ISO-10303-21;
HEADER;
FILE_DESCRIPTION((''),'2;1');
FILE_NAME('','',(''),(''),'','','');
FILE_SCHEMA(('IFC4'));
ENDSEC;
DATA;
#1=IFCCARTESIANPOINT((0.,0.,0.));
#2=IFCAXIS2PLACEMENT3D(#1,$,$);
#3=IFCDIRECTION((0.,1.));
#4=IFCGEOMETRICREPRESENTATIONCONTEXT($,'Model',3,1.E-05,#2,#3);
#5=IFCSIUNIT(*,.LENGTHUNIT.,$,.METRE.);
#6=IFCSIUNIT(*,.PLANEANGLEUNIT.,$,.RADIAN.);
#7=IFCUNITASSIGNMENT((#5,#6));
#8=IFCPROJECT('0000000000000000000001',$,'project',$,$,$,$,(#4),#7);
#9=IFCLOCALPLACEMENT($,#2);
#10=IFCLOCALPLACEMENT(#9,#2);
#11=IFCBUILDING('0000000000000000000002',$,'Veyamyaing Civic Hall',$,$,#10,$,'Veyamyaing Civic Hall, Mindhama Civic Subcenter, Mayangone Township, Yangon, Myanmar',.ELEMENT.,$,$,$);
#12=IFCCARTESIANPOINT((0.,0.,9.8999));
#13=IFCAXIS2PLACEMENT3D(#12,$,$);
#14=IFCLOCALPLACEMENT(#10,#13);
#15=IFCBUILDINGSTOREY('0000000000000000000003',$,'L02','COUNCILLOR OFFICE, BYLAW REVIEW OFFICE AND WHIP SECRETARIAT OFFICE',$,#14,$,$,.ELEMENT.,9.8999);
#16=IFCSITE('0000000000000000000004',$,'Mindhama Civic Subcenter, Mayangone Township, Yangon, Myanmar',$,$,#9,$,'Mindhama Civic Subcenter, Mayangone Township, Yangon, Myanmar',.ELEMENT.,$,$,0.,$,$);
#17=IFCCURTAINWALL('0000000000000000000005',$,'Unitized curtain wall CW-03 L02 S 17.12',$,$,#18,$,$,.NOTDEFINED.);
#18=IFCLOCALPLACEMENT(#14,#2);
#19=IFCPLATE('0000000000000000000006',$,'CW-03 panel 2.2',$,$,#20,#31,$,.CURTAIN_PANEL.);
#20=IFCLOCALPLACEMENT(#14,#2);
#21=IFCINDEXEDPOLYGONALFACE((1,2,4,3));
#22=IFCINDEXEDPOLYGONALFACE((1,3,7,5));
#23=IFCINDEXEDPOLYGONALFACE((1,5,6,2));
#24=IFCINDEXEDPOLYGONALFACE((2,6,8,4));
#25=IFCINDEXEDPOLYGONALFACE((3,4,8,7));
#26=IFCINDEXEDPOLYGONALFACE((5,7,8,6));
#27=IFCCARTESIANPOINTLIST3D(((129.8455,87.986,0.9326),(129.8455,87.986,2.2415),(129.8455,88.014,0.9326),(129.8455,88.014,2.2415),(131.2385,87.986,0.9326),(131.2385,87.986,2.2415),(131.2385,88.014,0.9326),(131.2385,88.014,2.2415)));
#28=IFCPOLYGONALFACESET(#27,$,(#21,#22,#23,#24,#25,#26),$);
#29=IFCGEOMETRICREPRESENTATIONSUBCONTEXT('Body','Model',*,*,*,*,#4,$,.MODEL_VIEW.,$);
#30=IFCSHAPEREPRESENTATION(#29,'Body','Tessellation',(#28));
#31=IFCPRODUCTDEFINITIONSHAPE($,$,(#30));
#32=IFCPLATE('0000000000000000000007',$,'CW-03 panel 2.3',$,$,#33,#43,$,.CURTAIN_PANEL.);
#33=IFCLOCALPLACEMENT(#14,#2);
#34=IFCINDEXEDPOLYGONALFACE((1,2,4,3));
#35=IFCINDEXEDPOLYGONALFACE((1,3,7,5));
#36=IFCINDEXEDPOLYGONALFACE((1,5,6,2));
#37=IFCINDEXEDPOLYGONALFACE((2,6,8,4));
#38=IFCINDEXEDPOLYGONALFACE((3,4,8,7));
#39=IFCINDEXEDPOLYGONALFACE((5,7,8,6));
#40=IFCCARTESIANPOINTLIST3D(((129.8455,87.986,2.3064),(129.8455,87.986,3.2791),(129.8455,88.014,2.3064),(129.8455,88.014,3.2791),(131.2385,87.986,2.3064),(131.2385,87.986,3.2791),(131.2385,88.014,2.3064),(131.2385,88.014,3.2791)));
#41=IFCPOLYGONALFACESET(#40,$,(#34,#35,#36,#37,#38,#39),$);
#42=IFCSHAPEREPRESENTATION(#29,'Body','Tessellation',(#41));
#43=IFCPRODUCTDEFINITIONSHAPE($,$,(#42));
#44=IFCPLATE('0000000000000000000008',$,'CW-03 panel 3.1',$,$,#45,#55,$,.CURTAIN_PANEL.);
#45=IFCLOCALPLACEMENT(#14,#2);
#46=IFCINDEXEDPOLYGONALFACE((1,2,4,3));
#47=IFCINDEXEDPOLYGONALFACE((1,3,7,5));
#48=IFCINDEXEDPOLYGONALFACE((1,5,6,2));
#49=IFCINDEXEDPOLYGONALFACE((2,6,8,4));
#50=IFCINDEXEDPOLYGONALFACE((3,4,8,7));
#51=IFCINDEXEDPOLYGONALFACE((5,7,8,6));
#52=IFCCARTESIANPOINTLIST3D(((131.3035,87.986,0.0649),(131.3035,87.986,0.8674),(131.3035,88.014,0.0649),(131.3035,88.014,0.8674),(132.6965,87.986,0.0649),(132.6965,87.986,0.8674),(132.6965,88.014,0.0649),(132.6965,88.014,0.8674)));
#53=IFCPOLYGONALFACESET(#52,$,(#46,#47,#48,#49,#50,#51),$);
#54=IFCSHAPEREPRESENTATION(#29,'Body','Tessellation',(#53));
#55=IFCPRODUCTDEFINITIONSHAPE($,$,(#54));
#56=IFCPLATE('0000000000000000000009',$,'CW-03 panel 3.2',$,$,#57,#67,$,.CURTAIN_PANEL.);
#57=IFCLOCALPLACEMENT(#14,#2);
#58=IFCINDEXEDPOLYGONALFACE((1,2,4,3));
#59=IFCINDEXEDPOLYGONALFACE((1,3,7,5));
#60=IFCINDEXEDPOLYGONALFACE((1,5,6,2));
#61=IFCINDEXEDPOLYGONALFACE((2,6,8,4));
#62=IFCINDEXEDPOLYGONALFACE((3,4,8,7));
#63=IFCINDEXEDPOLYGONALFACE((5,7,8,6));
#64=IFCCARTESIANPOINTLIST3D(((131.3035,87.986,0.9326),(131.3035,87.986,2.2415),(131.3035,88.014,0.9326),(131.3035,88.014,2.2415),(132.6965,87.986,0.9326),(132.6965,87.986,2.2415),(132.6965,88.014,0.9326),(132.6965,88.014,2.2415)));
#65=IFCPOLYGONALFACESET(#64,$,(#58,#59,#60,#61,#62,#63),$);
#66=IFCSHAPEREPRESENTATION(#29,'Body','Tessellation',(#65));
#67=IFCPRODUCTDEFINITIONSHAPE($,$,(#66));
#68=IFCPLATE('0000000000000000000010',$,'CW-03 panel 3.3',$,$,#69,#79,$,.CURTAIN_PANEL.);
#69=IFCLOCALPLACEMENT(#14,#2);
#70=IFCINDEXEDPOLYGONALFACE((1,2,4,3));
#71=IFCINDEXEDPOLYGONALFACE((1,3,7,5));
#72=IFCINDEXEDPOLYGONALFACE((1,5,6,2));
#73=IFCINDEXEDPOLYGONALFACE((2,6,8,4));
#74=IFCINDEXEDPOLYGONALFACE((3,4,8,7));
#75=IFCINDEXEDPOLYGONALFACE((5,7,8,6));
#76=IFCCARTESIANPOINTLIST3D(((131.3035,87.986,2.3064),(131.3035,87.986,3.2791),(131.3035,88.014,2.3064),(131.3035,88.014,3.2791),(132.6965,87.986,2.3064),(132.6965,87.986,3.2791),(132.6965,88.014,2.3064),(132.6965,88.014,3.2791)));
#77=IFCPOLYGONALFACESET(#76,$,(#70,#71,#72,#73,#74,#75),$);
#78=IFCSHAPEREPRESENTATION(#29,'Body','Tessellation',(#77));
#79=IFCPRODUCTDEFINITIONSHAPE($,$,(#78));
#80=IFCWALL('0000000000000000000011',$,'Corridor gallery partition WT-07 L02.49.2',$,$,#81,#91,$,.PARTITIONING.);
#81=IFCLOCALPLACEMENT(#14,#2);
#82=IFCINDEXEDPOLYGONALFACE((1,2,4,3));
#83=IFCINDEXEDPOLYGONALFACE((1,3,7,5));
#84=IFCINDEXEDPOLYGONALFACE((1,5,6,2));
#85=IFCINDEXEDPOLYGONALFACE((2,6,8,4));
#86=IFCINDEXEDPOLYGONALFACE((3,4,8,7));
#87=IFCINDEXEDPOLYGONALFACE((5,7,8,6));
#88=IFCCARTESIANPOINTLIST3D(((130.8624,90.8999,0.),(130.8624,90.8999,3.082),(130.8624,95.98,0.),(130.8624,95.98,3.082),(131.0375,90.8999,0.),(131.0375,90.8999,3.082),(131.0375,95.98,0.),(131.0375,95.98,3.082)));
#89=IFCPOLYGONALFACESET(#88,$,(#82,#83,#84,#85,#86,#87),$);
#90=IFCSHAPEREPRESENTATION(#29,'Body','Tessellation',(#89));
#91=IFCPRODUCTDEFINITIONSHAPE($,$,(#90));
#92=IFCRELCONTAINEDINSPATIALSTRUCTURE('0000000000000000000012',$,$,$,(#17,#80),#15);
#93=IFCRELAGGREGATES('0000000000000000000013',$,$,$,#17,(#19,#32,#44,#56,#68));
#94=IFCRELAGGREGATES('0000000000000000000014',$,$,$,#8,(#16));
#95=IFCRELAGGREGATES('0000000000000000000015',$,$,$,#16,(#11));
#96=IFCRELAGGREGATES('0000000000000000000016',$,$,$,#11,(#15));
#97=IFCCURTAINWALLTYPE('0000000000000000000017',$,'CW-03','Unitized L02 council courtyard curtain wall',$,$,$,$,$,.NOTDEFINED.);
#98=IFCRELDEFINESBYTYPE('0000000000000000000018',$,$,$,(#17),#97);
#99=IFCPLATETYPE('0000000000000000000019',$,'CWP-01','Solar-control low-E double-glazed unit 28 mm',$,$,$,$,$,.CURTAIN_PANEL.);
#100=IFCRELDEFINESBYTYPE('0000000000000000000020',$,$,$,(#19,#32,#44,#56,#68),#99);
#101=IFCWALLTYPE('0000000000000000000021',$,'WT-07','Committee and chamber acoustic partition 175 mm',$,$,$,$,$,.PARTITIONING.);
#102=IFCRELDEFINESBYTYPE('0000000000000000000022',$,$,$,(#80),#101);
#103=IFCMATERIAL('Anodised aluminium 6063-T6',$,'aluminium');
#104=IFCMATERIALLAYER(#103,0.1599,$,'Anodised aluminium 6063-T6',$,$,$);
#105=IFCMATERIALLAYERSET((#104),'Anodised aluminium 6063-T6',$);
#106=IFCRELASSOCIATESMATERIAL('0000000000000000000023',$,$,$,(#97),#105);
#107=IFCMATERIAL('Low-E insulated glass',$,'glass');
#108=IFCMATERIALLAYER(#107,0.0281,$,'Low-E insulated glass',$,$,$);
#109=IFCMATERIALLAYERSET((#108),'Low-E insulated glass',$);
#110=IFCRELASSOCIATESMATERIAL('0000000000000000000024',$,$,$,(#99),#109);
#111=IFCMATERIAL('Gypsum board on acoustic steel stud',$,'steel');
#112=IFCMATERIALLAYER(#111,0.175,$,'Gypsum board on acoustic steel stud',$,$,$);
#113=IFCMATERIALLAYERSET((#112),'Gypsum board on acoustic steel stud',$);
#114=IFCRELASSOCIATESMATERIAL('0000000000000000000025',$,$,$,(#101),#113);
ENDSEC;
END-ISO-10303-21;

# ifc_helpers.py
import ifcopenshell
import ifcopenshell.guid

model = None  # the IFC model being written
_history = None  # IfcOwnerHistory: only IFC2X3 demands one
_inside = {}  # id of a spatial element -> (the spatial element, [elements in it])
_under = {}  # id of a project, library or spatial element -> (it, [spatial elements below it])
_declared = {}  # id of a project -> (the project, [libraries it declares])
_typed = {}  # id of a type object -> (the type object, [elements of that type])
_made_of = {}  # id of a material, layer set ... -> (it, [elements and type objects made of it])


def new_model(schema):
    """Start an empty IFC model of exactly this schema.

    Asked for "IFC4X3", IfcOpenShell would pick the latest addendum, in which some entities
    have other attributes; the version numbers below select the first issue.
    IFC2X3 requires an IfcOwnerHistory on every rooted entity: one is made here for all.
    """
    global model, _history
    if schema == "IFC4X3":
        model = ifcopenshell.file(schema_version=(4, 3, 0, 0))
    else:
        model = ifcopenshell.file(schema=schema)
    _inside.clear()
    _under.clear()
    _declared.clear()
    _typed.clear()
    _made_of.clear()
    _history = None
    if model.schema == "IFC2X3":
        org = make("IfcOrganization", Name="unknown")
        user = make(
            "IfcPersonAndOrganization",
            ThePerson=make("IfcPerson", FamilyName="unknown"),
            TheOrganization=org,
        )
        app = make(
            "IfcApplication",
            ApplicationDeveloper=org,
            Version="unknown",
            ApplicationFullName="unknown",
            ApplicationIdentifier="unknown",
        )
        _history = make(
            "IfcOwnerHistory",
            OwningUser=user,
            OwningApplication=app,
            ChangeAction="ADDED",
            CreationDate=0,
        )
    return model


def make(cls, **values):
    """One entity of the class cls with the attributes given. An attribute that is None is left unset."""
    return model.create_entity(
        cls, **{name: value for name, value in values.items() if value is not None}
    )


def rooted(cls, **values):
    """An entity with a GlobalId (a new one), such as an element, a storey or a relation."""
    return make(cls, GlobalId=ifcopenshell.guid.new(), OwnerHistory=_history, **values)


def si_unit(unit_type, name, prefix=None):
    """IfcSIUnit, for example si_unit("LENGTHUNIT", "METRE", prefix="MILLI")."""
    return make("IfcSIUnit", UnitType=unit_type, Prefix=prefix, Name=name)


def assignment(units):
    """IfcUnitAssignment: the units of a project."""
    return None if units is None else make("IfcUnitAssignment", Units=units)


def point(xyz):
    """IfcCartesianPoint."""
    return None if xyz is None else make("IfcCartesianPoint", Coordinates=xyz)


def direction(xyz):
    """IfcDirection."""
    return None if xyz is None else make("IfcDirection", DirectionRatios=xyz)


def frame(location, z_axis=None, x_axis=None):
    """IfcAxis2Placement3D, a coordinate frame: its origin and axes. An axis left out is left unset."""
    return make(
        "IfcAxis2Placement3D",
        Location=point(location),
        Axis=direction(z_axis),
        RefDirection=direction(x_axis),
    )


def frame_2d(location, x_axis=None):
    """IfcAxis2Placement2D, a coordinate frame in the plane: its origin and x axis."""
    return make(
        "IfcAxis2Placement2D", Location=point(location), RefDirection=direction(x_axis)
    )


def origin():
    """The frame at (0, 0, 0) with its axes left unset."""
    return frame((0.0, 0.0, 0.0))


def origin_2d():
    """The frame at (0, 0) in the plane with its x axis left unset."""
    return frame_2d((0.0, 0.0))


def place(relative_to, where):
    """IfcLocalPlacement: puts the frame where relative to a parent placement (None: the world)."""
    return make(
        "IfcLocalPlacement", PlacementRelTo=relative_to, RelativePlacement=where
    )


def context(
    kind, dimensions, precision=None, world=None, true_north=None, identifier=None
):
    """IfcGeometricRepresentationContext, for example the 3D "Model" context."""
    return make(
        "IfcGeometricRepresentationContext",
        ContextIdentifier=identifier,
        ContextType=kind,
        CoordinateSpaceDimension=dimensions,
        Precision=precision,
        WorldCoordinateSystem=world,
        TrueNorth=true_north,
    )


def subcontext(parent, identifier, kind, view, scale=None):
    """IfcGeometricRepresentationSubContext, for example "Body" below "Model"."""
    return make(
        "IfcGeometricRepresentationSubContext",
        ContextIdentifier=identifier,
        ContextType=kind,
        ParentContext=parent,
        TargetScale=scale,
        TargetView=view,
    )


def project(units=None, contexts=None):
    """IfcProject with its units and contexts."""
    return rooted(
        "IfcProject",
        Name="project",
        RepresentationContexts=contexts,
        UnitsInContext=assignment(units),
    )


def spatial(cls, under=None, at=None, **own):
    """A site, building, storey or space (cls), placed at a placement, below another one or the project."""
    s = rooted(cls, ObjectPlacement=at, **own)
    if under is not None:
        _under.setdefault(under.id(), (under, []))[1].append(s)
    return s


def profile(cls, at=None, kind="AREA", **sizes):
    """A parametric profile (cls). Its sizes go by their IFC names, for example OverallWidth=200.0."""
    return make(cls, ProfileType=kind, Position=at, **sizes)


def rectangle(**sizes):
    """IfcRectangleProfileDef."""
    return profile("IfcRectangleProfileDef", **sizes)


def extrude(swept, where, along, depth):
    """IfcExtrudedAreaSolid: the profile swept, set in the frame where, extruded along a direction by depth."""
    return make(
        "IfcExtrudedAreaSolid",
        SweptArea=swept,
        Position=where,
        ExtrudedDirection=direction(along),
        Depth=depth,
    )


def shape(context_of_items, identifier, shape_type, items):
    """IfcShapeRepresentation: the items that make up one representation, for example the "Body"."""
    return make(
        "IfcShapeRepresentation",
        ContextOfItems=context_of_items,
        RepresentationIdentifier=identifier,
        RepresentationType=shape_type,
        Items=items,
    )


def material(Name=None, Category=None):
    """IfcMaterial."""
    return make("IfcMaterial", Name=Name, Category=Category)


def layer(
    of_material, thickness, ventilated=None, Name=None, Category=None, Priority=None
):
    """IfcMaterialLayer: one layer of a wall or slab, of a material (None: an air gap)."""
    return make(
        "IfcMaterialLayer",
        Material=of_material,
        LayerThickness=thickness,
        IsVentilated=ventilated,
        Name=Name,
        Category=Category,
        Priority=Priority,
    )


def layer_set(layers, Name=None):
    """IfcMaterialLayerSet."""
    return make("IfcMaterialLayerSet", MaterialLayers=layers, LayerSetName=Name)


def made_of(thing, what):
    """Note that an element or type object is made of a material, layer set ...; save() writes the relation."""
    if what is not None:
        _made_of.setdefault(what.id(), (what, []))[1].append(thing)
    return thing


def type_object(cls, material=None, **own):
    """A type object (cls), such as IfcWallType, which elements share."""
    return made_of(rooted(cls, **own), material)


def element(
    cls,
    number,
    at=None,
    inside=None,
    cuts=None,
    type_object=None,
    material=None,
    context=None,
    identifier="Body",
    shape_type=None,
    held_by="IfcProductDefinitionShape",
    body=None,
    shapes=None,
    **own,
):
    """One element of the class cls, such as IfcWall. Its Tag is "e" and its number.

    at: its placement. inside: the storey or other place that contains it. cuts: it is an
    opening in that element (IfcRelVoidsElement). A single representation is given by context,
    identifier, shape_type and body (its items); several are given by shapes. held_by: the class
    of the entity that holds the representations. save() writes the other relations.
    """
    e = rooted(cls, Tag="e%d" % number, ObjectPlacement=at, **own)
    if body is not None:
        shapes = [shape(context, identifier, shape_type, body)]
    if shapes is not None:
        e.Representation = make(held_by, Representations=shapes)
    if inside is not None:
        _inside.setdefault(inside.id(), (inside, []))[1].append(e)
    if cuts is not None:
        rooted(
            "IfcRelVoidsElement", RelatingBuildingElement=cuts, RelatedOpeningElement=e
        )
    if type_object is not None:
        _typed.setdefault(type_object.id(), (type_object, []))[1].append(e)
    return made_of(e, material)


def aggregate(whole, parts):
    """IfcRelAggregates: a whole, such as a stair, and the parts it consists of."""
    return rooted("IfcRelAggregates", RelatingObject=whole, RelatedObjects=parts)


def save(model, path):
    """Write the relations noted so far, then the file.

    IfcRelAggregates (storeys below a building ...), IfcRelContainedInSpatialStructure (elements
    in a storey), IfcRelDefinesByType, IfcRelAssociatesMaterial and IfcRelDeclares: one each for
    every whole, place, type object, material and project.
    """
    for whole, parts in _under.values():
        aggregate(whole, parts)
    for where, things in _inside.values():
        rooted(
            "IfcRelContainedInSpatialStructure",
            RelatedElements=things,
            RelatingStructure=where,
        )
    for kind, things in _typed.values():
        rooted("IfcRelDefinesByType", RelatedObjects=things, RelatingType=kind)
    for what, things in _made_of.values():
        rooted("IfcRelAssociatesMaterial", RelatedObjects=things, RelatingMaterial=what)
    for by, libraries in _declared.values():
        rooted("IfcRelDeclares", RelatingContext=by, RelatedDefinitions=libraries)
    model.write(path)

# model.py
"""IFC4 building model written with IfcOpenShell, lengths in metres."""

from ifc_helpers import new_model, si_unit, direction, frame, frame_2d, origin, origin_2d, place, context, subcontext, project, spatial, rectangle, extrude, material, layer, layer_set, type_object, element, aggregate, save


model = new_model("IFC4")

# Units and contexts
model_context = context("Model", 3, precision=1e-05, world=origin(), true_north=direction((0.0, 1.0)))
body_context = subcontext(model_context, "Body", "Model", "MODEL_VIEW")
ifc_project = project(units=[si_unit("LENGTHUNIT", "METRE"), si_unit("PLANEANGLEUNIT", "RADIAN")], contexts=[model_context])

# Site, building, storey
site_placement = place(None, origin())
site = spatial("IfcSite", under=ifc_project, at=site_placement, Name="Mindhama Civic Subcenter, Mayangone Township, Yangon, Myanmar", LongName="Mindhama Civic Subcenter, Mayangone Township, Yangon, Myanmar", CompositionType="ELEMENT", RefElevation=0.0)
building_placement = place(site_placement, origin())
building = spatial("IfcBuilding", under=site, at=building_placement, Name="Veyamyaing Civic Hall", LongName="Veyamyaing Civic Hall, Mindhama Civic Subcenter, Mayangone Township, Yangon, Myanmar", CompositionType="ELEMENT")
storey_placement = place(building_placement, frame((0.0, 0.0, 9.8999)))
storey = spatial("IfcBuildingStorey", under=building, at=storey_placement, Name="L02", Description="COUNCILLOR OFFICE, BYLAW REVIEW OFFICE AND WHIP SECRETARIAT OFFICE", CompositionType="ELEMENT", Elevation=9.8999)

# Curtain wall, plates
ifc_material_1 = material(Name="Anodised aluminium 6063-T6", Category="aluminium")
ifc_layer_1 = layer(ifc_material_1, 0.1599, Name="Anodised aluminium 6063-T6")
ifc_layer_set_1 = layer_set([ifc_layer_1], Name="Anodised aluminium 6063-T6")
curtain_wall_type = type_object("IfcCurtainWallType", Name="CW-03", Description="Unitized L02 council courtyard curtain wall", PredefinedType="NOTDEFINED", material=ifc_layer_set_1)
curtain_wall_placement = place(storey_placement, origin())
curtain_wall = element("IfcCurtainWall", 1, at=curtain_wall_placement, inside=storey, type_object=curtain_wall_type, Name="Unitized curtain wall CW-03 L02 S 17.12", PredefinedType="NOTDEFINED")
ifc_material_2 = material(Name="Low-E insulated glass", Category="glass")
ifc_layer_2 = layer(ifc_material_2, 0.0281, Name="Low-E insulated glass")
ifc_layer_set_2 = layer_set([ifc_layer_2], Name="Low-E insulated glass")
plate_type = type_object("IfcPlateType", Name="CWP-01", Description="Solar-control low-E double-glazed unit 28 mm", PredefinedType="CURTAIN_PANEL", material=ifc_layer_set_2)
plate_1_placement = place(storey_placement, frame((130.542, 88.0, 0.9326), z_axis=(0.0, 0.0, 1.0), x_axis=(1.0, 0.0, 0.0)))
plate_1 = element("IfcPlate", 2, at=plate_1_placement, type_object=plate_type, Name="CW-03 panel 2.2", PredefinedType="CURTAIN_PANEL", context=body_context, shape_type="SweptSolid", body=[
    extrude(rectangle(XDim=1.3931, YDim=0.0281, at=origin_2d()), origin(), (0.0, 0.0, 1.0), 1.3088),
])
plate_2_placement = place(storey_placement, frame((130.542, 88.0, 2.3064), z_axis=(0.0, 0.0, 1.0), x_axis=(1.0, 0.0, 0.0)))
plate_2 = element("IfcPlate", 3, at=plate_2_placement, type_object=plate_type, Name="CW-03 panel 2.3", PredefinedType="CURTAIN_PANEL", context=body_context, shape_type="SweptSolid", body=[
    extrude(rectangle(XDim=1.3931, YDim=0.0281, at=origin_2d()), origin(), (0.0, 0.0, 1.0), 0.9727),
])
plate_3_placement = place(storey_placement, frame((132.0, 88.0, 0.0649), z_axis=(0.0, 0.0, 1.0), x_axis=(1.0, 0.0, 0.0)))
plate_3 = element("IfcPlate", 4, at=plate_3_placement, type_object=plate_type, Name="CW-03 panel 3.1", PredefinedType="CURTAIN_PANEL", context=body_context, shape_type="SweptSolid", body=[
    extrude(rectangle(XDim=1.3931, YDim=0.0281, at=origin_2d()), origin(), (0.0, 0.0, 1.0), 0.8025),
])
plate_4_placement = place(storey_placement, frame((132.0, 88.0, 0.9326), z_axis=(0.0, 0.0, 1.0), x_axis=(1.0, 0.0, 0.0)))
plate_4 = element("IfcPlate", 5, at=plate_4_placement, type_object=plate_type, Name="CW-03 panel 3.2", PredefinedType="CURTAIN_PANEL", context=body_context, shape_type="SweptSolid", body=[
    extrude(rectangle(XDim=1.3931, YDim=0.0281, at=origin_2d()), origin(), (0.0, 0.0, 1.0), 1.3088),
])
plate_5_placement = place(storey_placement, frame((132.0, 88.0, 2.3064), z_axis=(0.0, 0.0, 1.0), x_axis=(1.0, 0.0, 0.0)))
plate_5 = element("IfcPlate", 6, at=plate_5_placement, type_object=plate_type, Name="CW-03 panel 3.3", PredefinedType="CURTAIN_PANEL", context=body_context, shape_type="SweptSolid", body=[
    extrude(rectangle(XDim=1.3931, YDim=0.0281, at=origin_2d()), origin(), (0.0, 0.0, 1.0), 0.9727),
])
aggregate(curtain_wall, [plate_1, plate_2, plate_3, plate_4, plate_5])

# Shared definitions
ifc_material_3 = material(Name="Gypsum board on acoustic steel stud", Category="steel")
ifc_layer_3 = layer(ifc_material_3, 0.175, Name="Gypsum board on acoustic steel stud")
ifc_layer_set_3 = layer_set([ifc_layer_3], Name="Gypsum board on acoustic steel stud")
wall_type = type_object("IfcWallType", Name="WT-07", Description="Committee and chamber acoustic partition 175 mm", PredefinedType="PARTITIONING", material=ifc_layer_set_3)

# Wall
wall_1_placement = place(storey_placement, frame((130.95, 90.8999, 0.0), z_axis=(0.0, 0.0, 1.0), x_axis=(0.0, 1.0, 0.0)))
element("IfcWall", 7, at=wall_1_placement, inside=storey, type_object=wall_type, Name="Corridor gallery partition WT-07 L02.49.2", PredefinedType="PARTITIONING", context=body_context, shape_type="SweptSolid", body=[
    extrude(rectangle(XDim=5.0801, YDim=0.175, at=frame_2d((2.54, 0.0))), origin(), (0.0, 0.0, 1.0), 3.082),
])

save(model, "model.ifc")
